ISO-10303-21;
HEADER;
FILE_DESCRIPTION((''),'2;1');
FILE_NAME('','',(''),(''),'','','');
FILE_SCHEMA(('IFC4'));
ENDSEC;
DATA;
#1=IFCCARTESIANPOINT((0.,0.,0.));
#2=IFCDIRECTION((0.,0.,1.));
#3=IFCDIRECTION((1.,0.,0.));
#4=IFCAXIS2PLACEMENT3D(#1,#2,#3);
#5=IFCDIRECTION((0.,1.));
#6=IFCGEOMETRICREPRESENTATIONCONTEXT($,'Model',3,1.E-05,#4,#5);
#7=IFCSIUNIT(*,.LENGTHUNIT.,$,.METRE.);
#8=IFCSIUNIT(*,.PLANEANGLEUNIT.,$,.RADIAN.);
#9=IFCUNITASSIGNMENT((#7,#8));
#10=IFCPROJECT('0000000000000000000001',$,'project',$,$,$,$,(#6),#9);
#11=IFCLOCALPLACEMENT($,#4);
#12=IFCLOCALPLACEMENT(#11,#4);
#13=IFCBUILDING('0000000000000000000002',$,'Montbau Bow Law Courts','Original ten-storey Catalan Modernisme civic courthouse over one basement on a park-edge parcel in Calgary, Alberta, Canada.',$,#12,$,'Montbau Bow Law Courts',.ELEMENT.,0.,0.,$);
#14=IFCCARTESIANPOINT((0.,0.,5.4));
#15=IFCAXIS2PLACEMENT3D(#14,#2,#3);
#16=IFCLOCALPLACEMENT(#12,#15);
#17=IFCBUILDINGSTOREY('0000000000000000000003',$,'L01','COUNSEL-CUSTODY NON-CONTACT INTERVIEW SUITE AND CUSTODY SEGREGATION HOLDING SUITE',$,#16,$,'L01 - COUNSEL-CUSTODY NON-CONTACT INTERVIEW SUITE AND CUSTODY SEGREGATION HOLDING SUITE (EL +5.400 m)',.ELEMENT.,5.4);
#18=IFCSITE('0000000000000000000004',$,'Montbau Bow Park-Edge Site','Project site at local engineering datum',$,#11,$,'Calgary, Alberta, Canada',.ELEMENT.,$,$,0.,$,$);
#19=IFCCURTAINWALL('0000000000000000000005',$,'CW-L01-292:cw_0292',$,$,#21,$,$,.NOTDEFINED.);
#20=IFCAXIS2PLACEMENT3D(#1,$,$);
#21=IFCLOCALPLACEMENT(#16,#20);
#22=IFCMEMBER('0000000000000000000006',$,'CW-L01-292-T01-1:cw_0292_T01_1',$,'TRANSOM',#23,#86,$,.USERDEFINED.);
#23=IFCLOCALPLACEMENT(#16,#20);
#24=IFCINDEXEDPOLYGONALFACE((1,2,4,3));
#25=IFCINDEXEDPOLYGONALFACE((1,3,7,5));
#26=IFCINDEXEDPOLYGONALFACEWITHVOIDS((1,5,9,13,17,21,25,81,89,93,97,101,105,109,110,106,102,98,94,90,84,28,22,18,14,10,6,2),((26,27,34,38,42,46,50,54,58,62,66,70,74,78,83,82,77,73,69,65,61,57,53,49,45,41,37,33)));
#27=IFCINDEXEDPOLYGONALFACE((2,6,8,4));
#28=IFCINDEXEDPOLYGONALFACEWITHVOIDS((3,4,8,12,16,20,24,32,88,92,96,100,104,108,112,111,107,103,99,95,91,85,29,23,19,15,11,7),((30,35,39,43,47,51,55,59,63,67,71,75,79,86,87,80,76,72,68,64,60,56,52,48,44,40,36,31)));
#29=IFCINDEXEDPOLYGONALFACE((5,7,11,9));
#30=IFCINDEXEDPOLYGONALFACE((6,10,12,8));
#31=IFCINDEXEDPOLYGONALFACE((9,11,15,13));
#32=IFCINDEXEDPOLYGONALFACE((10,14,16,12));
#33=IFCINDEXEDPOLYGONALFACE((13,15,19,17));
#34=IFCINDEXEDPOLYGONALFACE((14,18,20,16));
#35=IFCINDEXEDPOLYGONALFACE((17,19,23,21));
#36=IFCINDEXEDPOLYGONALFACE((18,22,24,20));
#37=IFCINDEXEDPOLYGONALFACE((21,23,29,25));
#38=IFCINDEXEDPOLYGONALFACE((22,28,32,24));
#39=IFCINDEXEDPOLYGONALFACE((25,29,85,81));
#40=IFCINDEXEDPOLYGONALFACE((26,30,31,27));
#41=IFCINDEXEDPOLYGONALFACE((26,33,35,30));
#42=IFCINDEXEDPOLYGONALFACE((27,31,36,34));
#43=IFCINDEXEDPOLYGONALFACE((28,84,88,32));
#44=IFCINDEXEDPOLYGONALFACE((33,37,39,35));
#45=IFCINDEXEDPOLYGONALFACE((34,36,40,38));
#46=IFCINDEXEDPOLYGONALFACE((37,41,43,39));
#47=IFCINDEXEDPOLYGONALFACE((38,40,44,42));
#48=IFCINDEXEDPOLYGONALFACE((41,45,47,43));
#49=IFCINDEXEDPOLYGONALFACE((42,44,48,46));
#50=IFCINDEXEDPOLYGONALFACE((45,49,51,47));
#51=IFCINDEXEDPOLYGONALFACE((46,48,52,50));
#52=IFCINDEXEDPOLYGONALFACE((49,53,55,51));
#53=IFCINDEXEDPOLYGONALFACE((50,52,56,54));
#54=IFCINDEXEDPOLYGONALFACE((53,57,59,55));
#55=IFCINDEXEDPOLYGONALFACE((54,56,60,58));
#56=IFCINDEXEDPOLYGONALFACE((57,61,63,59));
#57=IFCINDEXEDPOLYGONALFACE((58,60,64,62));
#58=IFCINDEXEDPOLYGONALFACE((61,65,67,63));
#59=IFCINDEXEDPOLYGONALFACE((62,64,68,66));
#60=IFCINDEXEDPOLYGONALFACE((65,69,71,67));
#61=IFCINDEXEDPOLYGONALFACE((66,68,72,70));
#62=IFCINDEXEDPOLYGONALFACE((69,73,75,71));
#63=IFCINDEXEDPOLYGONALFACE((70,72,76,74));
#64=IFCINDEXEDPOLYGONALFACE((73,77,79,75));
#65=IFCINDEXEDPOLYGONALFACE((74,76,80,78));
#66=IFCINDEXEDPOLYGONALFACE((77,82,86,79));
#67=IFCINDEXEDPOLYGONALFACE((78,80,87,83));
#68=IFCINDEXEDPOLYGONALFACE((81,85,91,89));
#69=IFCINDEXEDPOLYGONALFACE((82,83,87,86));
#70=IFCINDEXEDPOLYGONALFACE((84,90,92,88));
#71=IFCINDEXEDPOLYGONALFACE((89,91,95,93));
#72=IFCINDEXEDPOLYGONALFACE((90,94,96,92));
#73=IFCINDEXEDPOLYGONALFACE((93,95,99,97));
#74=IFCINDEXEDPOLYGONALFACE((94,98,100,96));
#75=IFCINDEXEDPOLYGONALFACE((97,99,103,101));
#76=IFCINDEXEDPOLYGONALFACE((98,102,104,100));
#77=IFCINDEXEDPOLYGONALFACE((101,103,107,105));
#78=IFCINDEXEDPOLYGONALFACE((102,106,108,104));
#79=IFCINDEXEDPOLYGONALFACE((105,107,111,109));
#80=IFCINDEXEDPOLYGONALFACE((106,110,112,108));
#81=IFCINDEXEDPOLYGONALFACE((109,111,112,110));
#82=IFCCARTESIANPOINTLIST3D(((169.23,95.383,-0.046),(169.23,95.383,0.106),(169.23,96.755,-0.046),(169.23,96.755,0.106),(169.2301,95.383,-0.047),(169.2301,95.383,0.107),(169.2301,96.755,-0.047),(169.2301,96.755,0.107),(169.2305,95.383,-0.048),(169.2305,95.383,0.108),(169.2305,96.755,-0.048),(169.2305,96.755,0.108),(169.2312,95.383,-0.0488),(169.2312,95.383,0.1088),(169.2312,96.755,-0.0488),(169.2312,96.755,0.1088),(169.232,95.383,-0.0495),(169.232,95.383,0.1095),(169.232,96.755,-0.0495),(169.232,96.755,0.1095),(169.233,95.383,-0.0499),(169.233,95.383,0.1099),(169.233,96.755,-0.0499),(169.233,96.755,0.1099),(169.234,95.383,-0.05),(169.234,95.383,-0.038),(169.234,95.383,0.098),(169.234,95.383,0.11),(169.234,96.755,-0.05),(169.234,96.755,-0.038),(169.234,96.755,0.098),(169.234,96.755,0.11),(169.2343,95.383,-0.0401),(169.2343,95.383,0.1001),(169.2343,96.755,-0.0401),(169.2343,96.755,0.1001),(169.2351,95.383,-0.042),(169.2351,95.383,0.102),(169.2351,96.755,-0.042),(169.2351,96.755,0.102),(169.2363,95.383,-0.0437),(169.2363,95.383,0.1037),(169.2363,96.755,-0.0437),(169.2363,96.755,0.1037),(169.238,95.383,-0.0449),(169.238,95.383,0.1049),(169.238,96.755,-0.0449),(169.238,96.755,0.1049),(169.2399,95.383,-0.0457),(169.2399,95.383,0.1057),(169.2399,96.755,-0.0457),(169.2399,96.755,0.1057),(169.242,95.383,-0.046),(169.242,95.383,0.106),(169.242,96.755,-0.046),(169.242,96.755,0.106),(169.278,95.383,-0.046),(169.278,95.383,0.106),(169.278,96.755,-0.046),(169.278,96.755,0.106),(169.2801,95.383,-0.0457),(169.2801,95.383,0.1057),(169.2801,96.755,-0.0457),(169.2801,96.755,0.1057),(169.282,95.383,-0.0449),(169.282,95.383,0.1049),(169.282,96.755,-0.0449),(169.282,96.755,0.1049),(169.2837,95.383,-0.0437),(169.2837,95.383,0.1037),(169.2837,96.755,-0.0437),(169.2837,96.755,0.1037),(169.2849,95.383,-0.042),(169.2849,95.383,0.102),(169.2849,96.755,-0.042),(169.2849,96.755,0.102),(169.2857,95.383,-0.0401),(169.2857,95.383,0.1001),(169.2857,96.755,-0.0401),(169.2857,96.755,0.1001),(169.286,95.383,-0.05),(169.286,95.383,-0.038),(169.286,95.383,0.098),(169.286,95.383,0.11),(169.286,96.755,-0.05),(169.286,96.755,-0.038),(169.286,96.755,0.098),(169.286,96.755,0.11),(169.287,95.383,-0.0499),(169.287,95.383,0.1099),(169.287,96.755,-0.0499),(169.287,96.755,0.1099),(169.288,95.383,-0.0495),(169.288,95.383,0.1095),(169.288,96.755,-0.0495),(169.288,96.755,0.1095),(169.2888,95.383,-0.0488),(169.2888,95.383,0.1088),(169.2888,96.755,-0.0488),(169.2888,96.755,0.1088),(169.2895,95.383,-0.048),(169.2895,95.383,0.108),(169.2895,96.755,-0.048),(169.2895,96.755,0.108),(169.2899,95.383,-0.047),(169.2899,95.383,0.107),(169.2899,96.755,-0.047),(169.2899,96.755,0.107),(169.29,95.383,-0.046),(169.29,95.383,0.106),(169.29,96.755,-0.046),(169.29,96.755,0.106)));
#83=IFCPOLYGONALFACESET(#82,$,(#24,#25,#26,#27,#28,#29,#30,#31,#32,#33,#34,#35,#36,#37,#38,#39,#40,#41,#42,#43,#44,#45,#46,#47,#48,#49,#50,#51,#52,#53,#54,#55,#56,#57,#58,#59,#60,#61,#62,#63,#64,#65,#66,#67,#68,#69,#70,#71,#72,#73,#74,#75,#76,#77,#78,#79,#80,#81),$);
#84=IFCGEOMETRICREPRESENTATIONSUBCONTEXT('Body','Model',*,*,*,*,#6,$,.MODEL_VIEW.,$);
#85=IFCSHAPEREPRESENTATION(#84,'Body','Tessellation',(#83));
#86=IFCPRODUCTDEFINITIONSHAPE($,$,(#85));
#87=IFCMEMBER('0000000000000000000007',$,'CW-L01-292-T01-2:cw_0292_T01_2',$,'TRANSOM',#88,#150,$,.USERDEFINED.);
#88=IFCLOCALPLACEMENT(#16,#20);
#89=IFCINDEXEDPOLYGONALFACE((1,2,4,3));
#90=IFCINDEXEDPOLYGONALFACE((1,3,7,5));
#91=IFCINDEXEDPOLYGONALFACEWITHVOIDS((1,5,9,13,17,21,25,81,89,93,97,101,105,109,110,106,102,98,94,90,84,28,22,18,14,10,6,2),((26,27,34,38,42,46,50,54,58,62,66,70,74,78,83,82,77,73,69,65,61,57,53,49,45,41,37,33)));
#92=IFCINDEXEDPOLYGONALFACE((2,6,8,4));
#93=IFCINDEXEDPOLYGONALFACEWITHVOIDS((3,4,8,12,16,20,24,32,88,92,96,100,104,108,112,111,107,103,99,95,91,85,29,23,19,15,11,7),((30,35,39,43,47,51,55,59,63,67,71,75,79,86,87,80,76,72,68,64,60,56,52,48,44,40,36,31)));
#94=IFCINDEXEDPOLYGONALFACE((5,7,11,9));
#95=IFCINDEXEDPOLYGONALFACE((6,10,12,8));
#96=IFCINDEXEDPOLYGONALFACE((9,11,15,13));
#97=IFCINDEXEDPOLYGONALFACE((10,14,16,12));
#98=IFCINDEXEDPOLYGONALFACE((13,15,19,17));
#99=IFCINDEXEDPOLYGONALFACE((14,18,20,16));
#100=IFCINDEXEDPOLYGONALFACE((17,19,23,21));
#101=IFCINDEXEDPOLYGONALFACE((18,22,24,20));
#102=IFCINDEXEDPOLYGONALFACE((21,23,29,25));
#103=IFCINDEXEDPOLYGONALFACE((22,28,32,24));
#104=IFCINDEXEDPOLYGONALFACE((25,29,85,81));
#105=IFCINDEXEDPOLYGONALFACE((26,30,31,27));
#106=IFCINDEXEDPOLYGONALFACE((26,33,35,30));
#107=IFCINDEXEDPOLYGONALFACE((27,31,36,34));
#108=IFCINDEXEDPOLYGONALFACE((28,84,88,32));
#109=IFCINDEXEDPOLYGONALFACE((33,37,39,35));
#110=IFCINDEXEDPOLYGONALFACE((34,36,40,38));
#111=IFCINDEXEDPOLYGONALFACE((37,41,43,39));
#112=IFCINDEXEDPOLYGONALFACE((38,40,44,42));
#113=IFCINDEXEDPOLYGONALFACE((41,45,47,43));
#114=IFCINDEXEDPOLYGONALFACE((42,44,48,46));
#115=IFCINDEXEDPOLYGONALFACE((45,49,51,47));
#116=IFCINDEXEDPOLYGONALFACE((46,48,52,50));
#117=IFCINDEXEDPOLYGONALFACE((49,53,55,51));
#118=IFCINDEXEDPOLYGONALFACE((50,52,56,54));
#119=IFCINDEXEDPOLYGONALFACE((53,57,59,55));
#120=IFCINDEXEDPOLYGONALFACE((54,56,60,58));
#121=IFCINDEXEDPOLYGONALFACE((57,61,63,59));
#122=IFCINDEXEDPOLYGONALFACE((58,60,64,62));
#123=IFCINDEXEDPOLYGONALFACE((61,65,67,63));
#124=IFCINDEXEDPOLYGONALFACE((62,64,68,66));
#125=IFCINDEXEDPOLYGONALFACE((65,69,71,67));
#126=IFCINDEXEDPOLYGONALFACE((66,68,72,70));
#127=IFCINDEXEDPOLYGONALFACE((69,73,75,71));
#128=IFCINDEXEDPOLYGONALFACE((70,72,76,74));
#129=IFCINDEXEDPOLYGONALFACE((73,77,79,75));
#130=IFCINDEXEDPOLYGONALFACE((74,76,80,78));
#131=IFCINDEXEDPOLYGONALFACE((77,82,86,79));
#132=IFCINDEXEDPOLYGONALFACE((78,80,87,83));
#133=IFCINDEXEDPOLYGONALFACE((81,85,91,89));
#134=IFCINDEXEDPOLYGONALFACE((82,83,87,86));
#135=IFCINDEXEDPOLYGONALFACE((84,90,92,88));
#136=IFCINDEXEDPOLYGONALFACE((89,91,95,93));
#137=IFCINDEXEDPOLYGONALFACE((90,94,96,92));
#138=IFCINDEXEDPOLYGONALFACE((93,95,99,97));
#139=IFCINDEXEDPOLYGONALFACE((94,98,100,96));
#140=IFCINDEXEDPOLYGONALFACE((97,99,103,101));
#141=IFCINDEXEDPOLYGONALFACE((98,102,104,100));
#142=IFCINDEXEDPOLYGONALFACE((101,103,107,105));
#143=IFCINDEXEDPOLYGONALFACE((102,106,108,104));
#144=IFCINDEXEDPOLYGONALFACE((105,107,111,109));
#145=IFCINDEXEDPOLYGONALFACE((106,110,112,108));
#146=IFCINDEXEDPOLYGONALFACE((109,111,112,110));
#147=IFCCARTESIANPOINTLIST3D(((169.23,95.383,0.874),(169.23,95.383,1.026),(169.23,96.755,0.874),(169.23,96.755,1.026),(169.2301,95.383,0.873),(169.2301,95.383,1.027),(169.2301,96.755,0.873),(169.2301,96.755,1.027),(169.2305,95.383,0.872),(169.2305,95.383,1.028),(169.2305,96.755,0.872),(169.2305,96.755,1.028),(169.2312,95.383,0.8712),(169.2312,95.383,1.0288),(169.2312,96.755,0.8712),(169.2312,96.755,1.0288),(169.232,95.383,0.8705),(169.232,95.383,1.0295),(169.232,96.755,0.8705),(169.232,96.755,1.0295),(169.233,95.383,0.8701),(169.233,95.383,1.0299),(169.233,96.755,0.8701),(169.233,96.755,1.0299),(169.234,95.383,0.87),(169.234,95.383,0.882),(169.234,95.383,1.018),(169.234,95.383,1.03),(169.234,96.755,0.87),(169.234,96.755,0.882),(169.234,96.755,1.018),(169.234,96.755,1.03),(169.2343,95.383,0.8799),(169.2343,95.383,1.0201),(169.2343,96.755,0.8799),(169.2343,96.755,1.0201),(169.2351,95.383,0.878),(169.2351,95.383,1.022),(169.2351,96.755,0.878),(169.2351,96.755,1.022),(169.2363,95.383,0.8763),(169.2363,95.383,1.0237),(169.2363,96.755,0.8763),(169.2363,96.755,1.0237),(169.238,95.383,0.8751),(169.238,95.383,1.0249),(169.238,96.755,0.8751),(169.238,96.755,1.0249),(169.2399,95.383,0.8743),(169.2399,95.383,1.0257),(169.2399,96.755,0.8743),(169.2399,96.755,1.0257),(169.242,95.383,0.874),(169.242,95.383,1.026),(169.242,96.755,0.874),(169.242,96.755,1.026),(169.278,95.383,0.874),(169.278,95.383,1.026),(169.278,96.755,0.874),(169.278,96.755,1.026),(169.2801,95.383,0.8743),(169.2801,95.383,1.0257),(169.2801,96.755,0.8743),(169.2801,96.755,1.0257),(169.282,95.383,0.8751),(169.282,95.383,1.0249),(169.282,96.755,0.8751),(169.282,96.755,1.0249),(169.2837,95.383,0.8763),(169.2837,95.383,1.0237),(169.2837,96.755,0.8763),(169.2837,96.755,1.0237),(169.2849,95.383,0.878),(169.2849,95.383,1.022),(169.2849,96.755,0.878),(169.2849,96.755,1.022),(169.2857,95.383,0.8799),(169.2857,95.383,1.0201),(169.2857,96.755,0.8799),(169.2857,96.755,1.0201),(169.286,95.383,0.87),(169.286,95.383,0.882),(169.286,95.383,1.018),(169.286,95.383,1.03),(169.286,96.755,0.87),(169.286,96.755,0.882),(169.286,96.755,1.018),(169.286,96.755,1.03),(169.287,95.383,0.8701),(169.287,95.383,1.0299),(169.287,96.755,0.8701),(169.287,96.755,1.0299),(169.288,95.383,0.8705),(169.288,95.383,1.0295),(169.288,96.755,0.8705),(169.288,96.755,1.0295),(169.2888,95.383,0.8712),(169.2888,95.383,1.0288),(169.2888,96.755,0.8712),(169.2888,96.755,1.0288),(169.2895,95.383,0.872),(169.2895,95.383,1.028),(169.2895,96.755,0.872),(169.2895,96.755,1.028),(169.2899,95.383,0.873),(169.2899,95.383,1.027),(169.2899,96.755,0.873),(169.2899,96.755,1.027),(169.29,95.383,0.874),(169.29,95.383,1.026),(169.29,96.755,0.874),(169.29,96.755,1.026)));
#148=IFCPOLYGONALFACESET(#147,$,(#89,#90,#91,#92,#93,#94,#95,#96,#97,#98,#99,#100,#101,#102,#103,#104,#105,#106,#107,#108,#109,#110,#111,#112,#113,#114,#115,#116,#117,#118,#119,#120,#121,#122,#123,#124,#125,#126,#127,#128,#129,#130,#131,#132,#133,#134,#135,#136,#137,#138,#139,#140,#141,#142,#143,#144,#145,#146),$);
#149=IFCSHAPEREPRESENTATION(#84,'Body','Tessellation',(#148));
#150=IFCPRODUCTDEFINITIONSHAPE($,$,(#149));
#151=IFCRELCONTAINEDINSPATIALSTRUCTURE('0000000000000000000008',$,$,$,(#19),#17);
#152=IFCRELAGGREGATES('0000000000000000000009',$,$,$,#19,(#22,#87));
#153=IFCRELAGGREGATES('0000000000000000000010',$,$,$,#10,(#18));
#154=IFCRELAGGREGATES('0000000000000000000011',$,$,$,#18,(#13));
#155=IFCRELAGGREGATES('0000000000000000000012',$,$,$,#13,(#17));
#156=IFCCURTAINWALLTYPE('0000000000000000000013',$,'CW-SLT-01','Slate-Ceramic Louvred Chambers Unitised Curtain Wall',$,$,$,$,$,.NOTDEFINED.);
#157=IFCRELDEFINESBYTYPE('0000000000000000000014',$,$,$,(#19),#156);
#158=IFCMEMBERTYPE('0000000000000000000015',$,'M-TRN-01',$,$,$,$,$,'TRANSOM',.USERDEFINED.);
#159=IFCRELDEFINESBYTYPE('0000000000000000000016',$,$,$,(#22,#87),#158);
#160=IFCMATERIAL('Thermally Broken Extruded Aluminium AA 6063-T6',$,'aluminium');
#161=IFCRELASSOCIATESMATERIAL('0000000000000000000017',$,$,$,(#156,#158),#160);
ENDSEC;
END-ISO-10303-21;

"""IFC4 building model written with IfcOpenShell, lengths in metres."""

from ifc_helpers import new_model, si_unit, direction, frame, origin_with_axes, origin_2d_with_axis, place, context, subcontext, project, spatial, hollow_rectangle, extrude, material, material_profile, profile_set, type_object, element, aggregate, save


model = new_model("IFC4")

# Units and contexts
model_context = context("Model", 3, precision=1e-05, world=origin_with_axes(), true_north=direction((0.0, 1.0)))
body_context = subcontext(model_context, "Body", "Model", "MODEL_VIEW")
ifc_project = project(units=[si_unit("LENGTHUNIT", "METRE"), si_unit("PLANEANGLEUNIT", "RADIAN")], contexts=[model_context])

# Site, building, storey
site_placement = place(None, origin_with_axes())
site = spatial("IfcSite", under=ifc_project, at=site_placement, Name="Montbau Bow Park-Edge Site", Description="Project site at local engineering datum", LongName="Calgary, Alberta, Canada", CompositionType="ELEMENT", RefElevation=0.0)
building_placement = place(site_placement, origin_with_axes())
building = spatial("IfcBuilding", under=site, at=building_placement, Name="Montbau Bow Law Courts", Description="Original ten-storey Catalan Modernisme civic courthouse over one basement on a park-edge parcel in Calgary, Alberta, Canada.", LongName="Montbau Bow Law Courts", CompositionType="ELEMENT", ElevationOfRefHeight=0.0, ElevationOfTerrain=0.0)
storey_placement = place(building_placement, frame((0.0, 0.0, 5.4), z_axis=(0.0, 0.0, 1.0), x_axis=(1.0, 0.0, 0.0)))
storey = spatial("IfcBuildingStorey", under=building, at=storey_placement, Name="L01", Description="COUNSEL-CUSTODY NON-CONTACT INTERVIEW SUITE AND CUSTODY SEGREGATION HOLDING SUITE", LongName="L01 - COUNSEL-CUSTODY NON-CONTACT INTERVIEW SUITE AND CUSTODY SEGREGATION HOLDING SUITE (EL +5.400 m)", CompositionType="ELEMENT", Elevation=5.4)

# Curtain wall, members
ifc_material_1 = material(Name="Thermally Broken Extruded Aluminium AA 6063-T6", Category="aluminium")
curtain_wall_type = type_object("IfcCurtainWallType", Name="CW-SLT-01", Description="Slate-Ceramic Louvred Chambers Unitised Curtain Wall", PredefinedType="NOTDEFINED", material=ifc_material_1)
curtain_wall_1_placement = place(None, frame((169.26, 95.315, 5.4), z_axis=(0.0, 0.0, 1.0), x_axis=(1.0, 0.0, 0.0)))
curtain_wall_1 = element("IfcCurtainWall", 1, at=curtain_wall_1_placement, inside=storey, type_object=curtain_wall_type, Name="CW-L01-292:cw_0292", PredefinedType="NOTDEFINED")
ifc_material_profile_1 = material_profile(ifc_material_1, hollow_rectangle(XDim=0.06, YDim=0.16, WallThickness=0.004, InnerFilletRadius=0.008, OuterFilletRadius=0.004, at=origin_2d_with_axis()), Name="CWT-160X60", Category="Main", Priority=0)
ifc_profile_set_1 = profile_set([ifc_material_profile_1], Name="Thermally Broken Extruded Aluminium AA 6063-T6")
member_type_1 = type_object("IfcMemberType", Name="M-TRN-01", ElementType="TRANSOM", PredefinedType="USERDEFINED", material=ifc_profile_set_1)
member_1_placement = place(None, frame((169.26, 95.383, 5.43), z_axis=(0.0, 1.0, 0.0), x_axis=(-1.0, 0.0, 0.0)))
member_1 = element("IfcMember", 2, at=member_1_placement, type_object=member_type_1, Name="CW-L01-292-T01-1:cw_0292_T01_1", ObjectType="TRANSOM", PredefinedType="USERDEFINED", context=body_context, shape_type="SweptSolid", body=[
    extrude(hollow_rectangle(XDim=0.06, YDim=0.16, WallThickness=0.004, InnerFilletRadius=0.008, OuterFilletRadius=0.004, at=origin_2d_with_axis()), origin_with_axes(), (0.0, 0.0, 1.0), 1.372),
])
member_2_placement = place(None, frame((169.26, 95.383, 6.35), z_axis=(0.0, 1.0, 0.0), x_axis=(-1.0, 0.0, 0.0)))
member_2 = element("IfcMember", 3, at=member_2_placement, type_object=member_type_1, Name="CW-L01-292-T01-2:cw_0292_T01_2", ObjectType="TRANSOM", PredefinedType="USERDEFINED", context=body_context, shape_type="SweptSolid", body=[
    extrude(hollow_rectangle(XDim=0.06, YDim=0.16, WallThickness=0.004, InnerFilletRadius=0.008, OuterFilletRadius=0.004, at=origin_2d_with_axis()), origin_with_axes(), (0.0, 0.0, 1.0), 1.372),
])

aggregate(curtain_wall_1, [member_1, member_2])

save(model, "model.ifc")
